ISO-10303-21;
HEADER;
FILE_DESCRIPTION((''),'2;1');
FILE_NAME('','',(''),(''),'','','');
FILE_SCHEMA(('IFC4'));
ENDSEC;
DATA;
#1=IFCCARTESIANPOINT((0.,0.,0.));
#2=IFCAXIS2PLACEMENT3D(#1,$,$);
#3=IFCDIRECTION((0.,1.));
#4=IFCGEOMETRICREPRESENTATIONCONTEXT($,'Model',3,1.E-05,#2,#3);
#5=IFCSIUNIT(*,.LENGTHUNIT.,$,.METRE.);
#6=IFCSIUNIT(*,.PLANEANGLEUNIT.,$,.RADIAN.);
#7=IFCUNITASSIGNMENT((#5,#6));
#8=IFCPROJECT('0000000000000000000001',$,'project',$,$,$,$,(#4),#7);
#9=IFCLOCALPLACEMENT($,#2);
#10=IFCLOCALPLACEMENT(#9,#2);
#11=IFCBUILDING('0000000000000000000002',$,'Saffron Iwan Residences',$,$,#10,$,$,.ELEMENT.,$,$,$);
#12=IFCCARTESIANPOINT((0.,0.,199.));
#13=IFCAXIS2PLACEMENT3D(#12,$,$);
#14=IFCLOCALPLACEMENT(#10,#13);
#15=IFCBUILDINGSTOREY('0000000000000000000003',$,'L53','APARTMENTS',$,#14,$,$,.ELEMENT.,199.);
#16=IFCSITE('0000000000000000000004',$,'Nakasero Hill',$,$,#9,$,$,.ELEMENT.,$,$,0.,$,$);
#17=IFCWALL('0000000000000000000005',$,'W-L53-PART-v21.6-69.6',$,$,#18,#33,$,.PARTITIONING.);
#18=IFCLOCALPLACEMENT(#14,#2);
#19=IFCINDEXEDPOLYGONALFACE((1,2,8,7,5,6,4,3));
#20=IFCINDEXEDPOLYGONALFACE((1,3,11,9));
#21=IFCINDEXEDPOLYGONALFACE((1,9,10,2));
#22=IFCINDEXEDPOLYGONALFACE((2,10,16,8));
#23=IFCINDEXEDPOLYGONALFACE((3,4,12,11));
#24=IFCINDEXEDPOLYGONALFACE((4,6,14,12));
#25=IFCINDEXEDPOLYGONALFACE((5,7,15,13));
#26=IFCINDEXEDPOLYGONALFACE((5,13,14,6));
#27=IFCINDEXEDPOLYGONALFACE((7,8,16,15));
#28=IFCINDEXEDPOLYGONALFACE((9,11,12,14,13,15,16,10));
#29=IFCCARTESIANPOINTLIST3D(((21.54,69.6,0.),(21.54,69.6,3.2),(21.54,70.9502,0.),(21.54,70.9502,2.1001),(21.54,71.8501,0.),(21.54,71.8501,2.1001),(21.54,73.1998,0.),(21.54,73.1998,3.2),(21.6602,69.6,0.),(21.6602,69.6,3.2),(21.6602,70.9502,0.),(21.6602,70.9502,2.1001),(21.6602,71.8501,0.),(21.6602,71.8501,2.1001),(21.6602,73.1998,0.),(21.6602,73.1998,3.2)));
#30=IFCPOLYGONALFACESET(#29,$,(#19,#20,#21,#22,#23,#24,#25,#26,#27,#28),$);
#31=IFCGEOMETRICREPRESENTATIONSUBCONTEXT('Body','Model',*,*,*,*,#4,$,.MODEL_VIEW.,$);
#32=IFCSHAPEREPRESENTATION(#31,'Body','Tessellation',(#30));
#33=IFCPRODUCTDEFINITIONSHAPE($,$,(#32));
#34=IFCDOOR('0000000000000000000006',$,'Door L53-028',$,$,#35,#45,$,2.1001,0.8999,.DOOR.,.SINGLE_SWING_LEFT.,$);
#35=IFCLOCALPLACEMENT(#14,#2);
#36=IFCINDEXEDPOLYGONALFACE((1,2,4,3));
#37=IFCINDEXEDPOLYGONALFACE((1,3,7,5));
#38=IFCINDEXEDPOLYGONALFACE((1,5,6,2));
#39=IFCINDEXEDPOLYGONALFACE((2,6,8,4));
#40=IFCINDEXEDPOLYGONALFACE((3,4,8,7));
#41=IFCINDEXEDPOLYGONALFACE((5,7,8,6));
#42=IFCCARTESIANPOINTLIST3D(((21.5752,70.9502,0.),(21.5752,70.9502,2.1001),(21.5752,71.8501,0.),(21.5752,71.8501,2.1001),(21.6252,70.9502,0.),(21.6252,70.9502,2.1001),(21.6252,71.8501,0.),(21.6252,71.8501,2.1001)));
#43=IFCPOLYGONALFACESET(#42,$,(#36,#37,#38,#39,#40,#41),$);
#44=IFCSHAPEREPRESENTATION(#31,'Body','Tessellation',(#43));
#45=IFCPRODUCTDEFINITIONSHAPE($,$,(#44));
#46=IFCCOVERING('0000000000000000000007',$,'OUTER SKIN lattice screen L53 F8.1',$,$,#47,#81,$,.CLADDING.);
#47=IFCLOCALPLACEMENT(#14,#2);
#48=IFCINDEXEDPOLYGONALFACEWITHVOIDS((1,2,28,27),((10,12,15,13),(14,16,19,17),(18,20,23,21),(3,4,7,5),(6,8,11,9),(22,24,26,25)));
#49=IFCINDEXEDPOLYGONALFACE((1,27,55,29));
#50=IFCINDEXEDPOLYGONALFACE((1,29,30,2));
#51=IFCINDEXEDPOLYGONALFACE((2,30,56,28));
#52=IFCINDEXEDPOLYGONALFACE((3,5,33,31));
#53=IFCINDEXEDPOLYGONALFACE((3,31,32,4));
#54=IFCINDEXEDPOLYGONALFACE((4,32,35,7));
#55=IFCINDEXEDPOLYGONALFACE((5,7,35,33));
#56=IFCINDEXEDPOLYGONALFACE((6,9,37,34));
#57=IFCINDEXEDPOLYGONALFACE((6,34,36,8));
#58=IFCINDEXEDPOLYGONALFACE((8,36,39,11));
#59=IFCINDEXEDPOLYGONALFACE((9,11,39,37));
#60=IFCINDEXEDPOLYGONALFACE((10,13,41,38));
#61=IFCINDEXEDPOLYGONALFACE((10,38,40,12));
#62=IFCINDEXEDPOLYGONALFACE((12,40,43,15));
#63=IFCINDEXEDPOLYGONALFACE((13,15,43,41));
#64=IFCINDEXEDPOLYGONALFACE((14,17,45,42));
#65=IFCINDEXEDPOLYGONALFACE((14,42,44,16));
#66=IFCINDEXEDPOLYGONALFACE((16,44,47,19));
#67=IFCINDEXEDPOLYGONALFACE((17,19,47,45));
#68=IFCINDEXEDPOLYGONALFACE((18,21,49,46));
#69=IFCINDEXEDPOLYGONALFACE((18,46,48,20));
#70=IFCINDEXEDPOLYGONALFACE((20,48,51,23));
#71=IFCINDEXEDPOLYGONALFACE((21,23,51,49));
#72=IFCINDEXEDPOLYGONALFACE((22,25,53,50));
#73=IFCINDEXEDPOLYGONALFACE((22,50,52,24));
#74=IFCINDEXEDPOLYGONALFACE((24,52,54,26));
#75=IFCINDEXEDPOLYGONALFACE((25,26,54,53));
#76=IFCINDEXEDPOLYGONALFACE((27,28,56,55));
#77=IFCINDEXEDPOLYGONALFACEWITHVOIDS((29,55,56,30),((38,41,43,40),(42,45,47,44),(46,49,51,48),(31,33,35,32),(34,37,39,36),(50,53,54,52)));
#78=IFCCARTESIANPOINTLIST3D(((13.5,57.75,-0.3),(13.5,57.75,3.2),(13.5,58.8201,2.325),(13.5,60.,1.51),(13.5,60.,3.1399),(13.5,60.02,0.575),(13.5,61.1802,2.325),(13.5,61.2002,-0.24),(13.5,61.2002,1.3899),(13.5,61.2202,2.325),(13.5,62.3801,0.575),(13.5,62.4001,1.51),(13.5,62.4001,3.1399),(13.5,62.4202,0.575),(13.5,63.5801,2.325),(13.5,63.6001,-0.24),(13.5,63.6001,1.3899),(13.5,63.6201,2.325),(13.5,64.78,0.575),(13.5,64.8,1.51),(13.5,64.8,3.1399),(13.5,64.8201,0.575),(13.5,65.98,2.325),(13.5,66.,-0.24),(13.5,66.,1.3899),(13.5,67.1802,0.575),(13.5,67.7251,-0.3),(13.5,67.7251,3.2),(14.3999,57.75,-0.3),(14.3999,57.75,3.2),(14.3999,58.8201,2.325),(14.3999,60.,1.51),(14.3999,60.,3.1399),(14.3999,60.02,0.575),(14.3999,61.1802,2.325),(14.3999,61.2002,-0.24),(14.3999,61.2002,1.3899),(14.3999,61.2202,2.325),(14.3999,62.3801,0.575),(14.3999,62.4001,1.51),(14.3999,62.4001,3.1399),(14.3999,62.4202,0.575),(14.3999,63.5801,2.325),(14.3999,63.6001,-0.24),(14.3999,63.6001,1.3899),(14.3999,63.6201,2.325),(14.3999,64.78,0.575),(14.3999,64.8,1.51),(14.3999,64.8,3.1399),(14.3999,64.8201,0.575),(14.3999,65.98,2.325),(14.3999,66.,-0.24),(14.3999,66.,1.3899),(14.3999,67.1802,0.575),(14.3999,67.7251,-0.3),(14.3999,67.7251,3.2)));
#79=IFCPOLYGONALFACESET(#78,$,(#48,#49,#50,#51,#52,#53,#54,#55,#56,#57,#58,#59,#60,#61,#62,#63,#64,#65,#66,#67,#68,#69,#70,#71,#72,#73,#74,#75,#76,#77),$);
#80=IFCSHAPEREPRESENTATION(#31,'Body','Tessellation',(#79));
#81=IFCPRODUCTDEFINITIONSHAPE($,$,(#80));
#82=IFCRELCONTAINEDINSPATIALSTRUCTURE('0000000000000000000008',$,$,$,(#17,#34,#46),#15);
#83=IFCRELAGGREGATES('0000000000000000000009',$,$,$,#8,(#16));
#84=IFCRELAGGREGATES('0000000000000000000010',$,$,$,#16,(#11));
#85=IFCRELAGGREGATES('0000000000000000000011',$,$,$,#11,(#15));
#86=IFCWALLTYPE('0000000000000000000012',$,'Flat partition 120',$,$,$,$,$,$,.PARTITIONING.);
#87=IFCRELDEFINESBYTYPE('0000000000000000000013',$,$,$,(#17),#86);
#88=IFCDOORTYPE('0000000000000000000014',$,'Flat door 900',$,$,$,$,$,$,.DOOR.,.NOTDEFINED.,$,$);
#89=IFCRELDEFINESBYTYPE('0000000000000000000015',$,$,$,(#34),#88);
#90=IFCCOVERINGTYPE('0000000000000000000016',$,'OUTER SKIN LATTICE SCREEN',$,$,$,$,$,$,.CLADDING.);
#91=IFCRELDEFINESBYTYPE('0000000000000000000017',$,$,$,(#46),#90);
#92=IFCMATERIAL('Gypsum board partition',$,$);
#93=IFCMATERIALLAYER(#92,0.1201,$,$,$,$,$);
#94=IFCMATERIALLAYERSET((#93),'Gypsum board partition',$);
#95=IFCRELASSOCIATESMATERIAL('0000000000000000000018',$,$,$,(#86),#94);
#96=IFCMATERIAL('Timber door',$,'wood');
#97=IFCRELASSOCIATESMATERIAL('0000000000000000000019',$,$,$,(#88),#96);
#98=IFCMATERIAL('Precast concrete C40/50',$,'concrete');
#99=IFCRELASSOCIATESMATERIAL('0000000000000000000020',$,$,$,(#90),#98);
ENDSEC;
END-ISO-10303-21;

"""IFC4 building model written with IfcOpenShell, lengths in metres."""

from ifc_helpers import new_model, si_unit, direction, frame, frame_2d, origin, place, context, subcontext, project, spatial, polyline, rectangle, outline, extrude, material, layer, layer_set, type_object, element, fill, save


model = new_model("IFC4")

# Units and contexts
model_context = context("Model", 3, precision=1e-05, world=origin(), true_north=direction((0.0, 1.0)))
body_context = subcontext(model_context, "Body", "Model", "MODEL_VIEW")
ifc_project = project(units=[si_unit("LENGTHUNIT", "METRE"), si_unit("PLANEANGLEUNIT", "RADIAN")], contexts=[model_context])

# Site, building, storey
site_placement = place(None, origin())
site = spatial("IfcSite", under=ifc_project, at=site_placement, Name="Nakasero Hill", CompositionType="ELEMENT", RefElevation=0.0)
building_placement = place(site_placement, origin())
building = spatial("IfcBuilding", under=site, at=building_placement, Name="Saffron Iwan Residences", CompositionType="ELEMENT")
storey_placement = place(building_placement, frame((0.0, 0.0, 199.0)))
storey = spatial("IfcBuildingStorey", under=building, at=storey_placement, Name="L53", Description="APARTMENTS", CompositionType="ELEMENT", Elevation=199.0)

# Shared definitions
ifc_material_1 = material(Name="Gypsum board partition")
ifc_layer_1 = layer(ifc_material_1, 0.1201)
ifc_layer_set_1 = layer_set([ifc_layer_1], Name="Gypsum board partition")
wall_type_1 = type_object("IfcWallType", Name="Flat partition 120", PredefinedType="PARTITIONING", material=ifc_layer_set_1)

# Wall, opening, door
ifc_material_2 = material(Name="Timber door", Category="wood")
door_type_1 = type_object("IfcDoorType", Name="Flat door 900", OperationType="NOTDEFINED", PredefinedType="DOOR", material=ifc_material_2)
wall_1_placement = place(storey_placement, frame((21.6001, 69.6001, 0.0), z_axis=(0.0, 0.0, 1.0), x_axis=(0.0, 1.0, 0.0)))
wall_1 = element("IfcWall", 1, at=wall_1_placement, inside=storey, type_object=wall_type_1, Name="W-L53-PART-v21.6-69.6", PredefinedType="PARTITIONING", context=body_context, shape_type="SweptSolid", body=[
    extrude(rectangle(XDim=3.5999, YDim=0.1201, at=frame_2d((1.7998, 0.0))), origin(), (0.0, 0.0, 1.0), 3.2),
])
opening_1_placement = place(wall_1_placement, frame((1.3501, 0.0, 0.0)))
opening_1 = element("IfcOpeningElement", 2, at=opening_1_placement, cuts=wall_1, PredefinedType="OPENING", context=body_context, shape_type="SweptSolid", body=[
    extrude(rectangle(XDim=0.8999, YDim=2.1001, at=frame_2d((0.45, 1.05))), frame((0.0, 0.0701, 0.0), z_axis=(0.0, -1.0, 0.0), x_axis=(1.0, 0.0, 0.0)), (0.0, 0.0, 1.0), 0.1401),
])
door_1_placement = place(opening_1_placement, origin())
door_1 = element("IfcDoor", 3, at=door_1_placement, inside=storey, type_object=door_type_1, Name="Door L53-028", OperationType="SINGLE_SWING_LEFT", OverallHeight=2.1001, OverallWidth=0.8999, PredefinedType="DOOR", context=body_context, shape_type="SweptSolid", body=[
    extrude(rectangle(XDim=0.8999, YDim=2.1001, at=frame_2d((0.45, 1.05))), frame((0.0, 0.0249, 0.0), z_axis=(0.0, -1.0, 0.0), x_axis=(1.0, 0.0, 0.0)), (0.0, 0.0, 1.0), 0.05),
])
fill(opening_1, door_1)

# Covering
ifc_material_3 = material(Name="Precast concrete C40/50", Category="concrete")
covering_type = type_object("IfcCoveringType", Name="OUTER SKIN LATTICE SCREEN", PredefinedType="CLADDING", material=ifc_material_3)
covering_placement = place(storey_placement, frame((14.3999, 67.7251, -0.3), z_axis=(-1.0, 0.0, 0.0), x_axis=(0.0, -1.0, 0.0)))
element("IfcCovering", 4, at=covering_placement, inside=storey, type_object=covering_type, Name="OUTER SKIN lattice screen L53 F8.1", PredefinedType="CLADDING", context=body_context, shape_type="SweptSolid", body=[
    extrude(outline(polyline([(0.0, 0.0), (9.9751, 0.0), (9.9751, 3.5), (0.0, 3.5), (0.0, 0.0)]), holes=[polyline([(0.5449, 0.875), (1.7251, 0.0601), (2.905, 0.875), (1.7251, 1.6899), (0.5449, 0.875)]), polyline([(2.9451, 0.875), (4.125, 0.0601), (5.3049, 0.875), (4.125, 1.6899), (2.9451, 0.875)]), polyline([(5.345, 0.875), (6.5249, 0.0601), (7.7051, 0.875), (6.5249, 1.6899), (5.345, 0.875)]), polyline([(1.7451, 2.625), (2.925, 1.8101), (4.105, 2.625), (2.925, 3.4399), (1.7451, 2.625)]), polyline([(4.145, 2.625), (5.325, 1.8101), (6.5049, 2.625), (5.325, 3.4399), (4.145, 2.625)]), polyline([(6.5449, 2.625), (7.7251, 1.8101), (8.905, 2.625), (7.7251, 3.4399), (6.5449, 2.625)])]), origin(), (0.0, 0.0, 1.0), 0.8999),
])

save(model, "model.ifc")
